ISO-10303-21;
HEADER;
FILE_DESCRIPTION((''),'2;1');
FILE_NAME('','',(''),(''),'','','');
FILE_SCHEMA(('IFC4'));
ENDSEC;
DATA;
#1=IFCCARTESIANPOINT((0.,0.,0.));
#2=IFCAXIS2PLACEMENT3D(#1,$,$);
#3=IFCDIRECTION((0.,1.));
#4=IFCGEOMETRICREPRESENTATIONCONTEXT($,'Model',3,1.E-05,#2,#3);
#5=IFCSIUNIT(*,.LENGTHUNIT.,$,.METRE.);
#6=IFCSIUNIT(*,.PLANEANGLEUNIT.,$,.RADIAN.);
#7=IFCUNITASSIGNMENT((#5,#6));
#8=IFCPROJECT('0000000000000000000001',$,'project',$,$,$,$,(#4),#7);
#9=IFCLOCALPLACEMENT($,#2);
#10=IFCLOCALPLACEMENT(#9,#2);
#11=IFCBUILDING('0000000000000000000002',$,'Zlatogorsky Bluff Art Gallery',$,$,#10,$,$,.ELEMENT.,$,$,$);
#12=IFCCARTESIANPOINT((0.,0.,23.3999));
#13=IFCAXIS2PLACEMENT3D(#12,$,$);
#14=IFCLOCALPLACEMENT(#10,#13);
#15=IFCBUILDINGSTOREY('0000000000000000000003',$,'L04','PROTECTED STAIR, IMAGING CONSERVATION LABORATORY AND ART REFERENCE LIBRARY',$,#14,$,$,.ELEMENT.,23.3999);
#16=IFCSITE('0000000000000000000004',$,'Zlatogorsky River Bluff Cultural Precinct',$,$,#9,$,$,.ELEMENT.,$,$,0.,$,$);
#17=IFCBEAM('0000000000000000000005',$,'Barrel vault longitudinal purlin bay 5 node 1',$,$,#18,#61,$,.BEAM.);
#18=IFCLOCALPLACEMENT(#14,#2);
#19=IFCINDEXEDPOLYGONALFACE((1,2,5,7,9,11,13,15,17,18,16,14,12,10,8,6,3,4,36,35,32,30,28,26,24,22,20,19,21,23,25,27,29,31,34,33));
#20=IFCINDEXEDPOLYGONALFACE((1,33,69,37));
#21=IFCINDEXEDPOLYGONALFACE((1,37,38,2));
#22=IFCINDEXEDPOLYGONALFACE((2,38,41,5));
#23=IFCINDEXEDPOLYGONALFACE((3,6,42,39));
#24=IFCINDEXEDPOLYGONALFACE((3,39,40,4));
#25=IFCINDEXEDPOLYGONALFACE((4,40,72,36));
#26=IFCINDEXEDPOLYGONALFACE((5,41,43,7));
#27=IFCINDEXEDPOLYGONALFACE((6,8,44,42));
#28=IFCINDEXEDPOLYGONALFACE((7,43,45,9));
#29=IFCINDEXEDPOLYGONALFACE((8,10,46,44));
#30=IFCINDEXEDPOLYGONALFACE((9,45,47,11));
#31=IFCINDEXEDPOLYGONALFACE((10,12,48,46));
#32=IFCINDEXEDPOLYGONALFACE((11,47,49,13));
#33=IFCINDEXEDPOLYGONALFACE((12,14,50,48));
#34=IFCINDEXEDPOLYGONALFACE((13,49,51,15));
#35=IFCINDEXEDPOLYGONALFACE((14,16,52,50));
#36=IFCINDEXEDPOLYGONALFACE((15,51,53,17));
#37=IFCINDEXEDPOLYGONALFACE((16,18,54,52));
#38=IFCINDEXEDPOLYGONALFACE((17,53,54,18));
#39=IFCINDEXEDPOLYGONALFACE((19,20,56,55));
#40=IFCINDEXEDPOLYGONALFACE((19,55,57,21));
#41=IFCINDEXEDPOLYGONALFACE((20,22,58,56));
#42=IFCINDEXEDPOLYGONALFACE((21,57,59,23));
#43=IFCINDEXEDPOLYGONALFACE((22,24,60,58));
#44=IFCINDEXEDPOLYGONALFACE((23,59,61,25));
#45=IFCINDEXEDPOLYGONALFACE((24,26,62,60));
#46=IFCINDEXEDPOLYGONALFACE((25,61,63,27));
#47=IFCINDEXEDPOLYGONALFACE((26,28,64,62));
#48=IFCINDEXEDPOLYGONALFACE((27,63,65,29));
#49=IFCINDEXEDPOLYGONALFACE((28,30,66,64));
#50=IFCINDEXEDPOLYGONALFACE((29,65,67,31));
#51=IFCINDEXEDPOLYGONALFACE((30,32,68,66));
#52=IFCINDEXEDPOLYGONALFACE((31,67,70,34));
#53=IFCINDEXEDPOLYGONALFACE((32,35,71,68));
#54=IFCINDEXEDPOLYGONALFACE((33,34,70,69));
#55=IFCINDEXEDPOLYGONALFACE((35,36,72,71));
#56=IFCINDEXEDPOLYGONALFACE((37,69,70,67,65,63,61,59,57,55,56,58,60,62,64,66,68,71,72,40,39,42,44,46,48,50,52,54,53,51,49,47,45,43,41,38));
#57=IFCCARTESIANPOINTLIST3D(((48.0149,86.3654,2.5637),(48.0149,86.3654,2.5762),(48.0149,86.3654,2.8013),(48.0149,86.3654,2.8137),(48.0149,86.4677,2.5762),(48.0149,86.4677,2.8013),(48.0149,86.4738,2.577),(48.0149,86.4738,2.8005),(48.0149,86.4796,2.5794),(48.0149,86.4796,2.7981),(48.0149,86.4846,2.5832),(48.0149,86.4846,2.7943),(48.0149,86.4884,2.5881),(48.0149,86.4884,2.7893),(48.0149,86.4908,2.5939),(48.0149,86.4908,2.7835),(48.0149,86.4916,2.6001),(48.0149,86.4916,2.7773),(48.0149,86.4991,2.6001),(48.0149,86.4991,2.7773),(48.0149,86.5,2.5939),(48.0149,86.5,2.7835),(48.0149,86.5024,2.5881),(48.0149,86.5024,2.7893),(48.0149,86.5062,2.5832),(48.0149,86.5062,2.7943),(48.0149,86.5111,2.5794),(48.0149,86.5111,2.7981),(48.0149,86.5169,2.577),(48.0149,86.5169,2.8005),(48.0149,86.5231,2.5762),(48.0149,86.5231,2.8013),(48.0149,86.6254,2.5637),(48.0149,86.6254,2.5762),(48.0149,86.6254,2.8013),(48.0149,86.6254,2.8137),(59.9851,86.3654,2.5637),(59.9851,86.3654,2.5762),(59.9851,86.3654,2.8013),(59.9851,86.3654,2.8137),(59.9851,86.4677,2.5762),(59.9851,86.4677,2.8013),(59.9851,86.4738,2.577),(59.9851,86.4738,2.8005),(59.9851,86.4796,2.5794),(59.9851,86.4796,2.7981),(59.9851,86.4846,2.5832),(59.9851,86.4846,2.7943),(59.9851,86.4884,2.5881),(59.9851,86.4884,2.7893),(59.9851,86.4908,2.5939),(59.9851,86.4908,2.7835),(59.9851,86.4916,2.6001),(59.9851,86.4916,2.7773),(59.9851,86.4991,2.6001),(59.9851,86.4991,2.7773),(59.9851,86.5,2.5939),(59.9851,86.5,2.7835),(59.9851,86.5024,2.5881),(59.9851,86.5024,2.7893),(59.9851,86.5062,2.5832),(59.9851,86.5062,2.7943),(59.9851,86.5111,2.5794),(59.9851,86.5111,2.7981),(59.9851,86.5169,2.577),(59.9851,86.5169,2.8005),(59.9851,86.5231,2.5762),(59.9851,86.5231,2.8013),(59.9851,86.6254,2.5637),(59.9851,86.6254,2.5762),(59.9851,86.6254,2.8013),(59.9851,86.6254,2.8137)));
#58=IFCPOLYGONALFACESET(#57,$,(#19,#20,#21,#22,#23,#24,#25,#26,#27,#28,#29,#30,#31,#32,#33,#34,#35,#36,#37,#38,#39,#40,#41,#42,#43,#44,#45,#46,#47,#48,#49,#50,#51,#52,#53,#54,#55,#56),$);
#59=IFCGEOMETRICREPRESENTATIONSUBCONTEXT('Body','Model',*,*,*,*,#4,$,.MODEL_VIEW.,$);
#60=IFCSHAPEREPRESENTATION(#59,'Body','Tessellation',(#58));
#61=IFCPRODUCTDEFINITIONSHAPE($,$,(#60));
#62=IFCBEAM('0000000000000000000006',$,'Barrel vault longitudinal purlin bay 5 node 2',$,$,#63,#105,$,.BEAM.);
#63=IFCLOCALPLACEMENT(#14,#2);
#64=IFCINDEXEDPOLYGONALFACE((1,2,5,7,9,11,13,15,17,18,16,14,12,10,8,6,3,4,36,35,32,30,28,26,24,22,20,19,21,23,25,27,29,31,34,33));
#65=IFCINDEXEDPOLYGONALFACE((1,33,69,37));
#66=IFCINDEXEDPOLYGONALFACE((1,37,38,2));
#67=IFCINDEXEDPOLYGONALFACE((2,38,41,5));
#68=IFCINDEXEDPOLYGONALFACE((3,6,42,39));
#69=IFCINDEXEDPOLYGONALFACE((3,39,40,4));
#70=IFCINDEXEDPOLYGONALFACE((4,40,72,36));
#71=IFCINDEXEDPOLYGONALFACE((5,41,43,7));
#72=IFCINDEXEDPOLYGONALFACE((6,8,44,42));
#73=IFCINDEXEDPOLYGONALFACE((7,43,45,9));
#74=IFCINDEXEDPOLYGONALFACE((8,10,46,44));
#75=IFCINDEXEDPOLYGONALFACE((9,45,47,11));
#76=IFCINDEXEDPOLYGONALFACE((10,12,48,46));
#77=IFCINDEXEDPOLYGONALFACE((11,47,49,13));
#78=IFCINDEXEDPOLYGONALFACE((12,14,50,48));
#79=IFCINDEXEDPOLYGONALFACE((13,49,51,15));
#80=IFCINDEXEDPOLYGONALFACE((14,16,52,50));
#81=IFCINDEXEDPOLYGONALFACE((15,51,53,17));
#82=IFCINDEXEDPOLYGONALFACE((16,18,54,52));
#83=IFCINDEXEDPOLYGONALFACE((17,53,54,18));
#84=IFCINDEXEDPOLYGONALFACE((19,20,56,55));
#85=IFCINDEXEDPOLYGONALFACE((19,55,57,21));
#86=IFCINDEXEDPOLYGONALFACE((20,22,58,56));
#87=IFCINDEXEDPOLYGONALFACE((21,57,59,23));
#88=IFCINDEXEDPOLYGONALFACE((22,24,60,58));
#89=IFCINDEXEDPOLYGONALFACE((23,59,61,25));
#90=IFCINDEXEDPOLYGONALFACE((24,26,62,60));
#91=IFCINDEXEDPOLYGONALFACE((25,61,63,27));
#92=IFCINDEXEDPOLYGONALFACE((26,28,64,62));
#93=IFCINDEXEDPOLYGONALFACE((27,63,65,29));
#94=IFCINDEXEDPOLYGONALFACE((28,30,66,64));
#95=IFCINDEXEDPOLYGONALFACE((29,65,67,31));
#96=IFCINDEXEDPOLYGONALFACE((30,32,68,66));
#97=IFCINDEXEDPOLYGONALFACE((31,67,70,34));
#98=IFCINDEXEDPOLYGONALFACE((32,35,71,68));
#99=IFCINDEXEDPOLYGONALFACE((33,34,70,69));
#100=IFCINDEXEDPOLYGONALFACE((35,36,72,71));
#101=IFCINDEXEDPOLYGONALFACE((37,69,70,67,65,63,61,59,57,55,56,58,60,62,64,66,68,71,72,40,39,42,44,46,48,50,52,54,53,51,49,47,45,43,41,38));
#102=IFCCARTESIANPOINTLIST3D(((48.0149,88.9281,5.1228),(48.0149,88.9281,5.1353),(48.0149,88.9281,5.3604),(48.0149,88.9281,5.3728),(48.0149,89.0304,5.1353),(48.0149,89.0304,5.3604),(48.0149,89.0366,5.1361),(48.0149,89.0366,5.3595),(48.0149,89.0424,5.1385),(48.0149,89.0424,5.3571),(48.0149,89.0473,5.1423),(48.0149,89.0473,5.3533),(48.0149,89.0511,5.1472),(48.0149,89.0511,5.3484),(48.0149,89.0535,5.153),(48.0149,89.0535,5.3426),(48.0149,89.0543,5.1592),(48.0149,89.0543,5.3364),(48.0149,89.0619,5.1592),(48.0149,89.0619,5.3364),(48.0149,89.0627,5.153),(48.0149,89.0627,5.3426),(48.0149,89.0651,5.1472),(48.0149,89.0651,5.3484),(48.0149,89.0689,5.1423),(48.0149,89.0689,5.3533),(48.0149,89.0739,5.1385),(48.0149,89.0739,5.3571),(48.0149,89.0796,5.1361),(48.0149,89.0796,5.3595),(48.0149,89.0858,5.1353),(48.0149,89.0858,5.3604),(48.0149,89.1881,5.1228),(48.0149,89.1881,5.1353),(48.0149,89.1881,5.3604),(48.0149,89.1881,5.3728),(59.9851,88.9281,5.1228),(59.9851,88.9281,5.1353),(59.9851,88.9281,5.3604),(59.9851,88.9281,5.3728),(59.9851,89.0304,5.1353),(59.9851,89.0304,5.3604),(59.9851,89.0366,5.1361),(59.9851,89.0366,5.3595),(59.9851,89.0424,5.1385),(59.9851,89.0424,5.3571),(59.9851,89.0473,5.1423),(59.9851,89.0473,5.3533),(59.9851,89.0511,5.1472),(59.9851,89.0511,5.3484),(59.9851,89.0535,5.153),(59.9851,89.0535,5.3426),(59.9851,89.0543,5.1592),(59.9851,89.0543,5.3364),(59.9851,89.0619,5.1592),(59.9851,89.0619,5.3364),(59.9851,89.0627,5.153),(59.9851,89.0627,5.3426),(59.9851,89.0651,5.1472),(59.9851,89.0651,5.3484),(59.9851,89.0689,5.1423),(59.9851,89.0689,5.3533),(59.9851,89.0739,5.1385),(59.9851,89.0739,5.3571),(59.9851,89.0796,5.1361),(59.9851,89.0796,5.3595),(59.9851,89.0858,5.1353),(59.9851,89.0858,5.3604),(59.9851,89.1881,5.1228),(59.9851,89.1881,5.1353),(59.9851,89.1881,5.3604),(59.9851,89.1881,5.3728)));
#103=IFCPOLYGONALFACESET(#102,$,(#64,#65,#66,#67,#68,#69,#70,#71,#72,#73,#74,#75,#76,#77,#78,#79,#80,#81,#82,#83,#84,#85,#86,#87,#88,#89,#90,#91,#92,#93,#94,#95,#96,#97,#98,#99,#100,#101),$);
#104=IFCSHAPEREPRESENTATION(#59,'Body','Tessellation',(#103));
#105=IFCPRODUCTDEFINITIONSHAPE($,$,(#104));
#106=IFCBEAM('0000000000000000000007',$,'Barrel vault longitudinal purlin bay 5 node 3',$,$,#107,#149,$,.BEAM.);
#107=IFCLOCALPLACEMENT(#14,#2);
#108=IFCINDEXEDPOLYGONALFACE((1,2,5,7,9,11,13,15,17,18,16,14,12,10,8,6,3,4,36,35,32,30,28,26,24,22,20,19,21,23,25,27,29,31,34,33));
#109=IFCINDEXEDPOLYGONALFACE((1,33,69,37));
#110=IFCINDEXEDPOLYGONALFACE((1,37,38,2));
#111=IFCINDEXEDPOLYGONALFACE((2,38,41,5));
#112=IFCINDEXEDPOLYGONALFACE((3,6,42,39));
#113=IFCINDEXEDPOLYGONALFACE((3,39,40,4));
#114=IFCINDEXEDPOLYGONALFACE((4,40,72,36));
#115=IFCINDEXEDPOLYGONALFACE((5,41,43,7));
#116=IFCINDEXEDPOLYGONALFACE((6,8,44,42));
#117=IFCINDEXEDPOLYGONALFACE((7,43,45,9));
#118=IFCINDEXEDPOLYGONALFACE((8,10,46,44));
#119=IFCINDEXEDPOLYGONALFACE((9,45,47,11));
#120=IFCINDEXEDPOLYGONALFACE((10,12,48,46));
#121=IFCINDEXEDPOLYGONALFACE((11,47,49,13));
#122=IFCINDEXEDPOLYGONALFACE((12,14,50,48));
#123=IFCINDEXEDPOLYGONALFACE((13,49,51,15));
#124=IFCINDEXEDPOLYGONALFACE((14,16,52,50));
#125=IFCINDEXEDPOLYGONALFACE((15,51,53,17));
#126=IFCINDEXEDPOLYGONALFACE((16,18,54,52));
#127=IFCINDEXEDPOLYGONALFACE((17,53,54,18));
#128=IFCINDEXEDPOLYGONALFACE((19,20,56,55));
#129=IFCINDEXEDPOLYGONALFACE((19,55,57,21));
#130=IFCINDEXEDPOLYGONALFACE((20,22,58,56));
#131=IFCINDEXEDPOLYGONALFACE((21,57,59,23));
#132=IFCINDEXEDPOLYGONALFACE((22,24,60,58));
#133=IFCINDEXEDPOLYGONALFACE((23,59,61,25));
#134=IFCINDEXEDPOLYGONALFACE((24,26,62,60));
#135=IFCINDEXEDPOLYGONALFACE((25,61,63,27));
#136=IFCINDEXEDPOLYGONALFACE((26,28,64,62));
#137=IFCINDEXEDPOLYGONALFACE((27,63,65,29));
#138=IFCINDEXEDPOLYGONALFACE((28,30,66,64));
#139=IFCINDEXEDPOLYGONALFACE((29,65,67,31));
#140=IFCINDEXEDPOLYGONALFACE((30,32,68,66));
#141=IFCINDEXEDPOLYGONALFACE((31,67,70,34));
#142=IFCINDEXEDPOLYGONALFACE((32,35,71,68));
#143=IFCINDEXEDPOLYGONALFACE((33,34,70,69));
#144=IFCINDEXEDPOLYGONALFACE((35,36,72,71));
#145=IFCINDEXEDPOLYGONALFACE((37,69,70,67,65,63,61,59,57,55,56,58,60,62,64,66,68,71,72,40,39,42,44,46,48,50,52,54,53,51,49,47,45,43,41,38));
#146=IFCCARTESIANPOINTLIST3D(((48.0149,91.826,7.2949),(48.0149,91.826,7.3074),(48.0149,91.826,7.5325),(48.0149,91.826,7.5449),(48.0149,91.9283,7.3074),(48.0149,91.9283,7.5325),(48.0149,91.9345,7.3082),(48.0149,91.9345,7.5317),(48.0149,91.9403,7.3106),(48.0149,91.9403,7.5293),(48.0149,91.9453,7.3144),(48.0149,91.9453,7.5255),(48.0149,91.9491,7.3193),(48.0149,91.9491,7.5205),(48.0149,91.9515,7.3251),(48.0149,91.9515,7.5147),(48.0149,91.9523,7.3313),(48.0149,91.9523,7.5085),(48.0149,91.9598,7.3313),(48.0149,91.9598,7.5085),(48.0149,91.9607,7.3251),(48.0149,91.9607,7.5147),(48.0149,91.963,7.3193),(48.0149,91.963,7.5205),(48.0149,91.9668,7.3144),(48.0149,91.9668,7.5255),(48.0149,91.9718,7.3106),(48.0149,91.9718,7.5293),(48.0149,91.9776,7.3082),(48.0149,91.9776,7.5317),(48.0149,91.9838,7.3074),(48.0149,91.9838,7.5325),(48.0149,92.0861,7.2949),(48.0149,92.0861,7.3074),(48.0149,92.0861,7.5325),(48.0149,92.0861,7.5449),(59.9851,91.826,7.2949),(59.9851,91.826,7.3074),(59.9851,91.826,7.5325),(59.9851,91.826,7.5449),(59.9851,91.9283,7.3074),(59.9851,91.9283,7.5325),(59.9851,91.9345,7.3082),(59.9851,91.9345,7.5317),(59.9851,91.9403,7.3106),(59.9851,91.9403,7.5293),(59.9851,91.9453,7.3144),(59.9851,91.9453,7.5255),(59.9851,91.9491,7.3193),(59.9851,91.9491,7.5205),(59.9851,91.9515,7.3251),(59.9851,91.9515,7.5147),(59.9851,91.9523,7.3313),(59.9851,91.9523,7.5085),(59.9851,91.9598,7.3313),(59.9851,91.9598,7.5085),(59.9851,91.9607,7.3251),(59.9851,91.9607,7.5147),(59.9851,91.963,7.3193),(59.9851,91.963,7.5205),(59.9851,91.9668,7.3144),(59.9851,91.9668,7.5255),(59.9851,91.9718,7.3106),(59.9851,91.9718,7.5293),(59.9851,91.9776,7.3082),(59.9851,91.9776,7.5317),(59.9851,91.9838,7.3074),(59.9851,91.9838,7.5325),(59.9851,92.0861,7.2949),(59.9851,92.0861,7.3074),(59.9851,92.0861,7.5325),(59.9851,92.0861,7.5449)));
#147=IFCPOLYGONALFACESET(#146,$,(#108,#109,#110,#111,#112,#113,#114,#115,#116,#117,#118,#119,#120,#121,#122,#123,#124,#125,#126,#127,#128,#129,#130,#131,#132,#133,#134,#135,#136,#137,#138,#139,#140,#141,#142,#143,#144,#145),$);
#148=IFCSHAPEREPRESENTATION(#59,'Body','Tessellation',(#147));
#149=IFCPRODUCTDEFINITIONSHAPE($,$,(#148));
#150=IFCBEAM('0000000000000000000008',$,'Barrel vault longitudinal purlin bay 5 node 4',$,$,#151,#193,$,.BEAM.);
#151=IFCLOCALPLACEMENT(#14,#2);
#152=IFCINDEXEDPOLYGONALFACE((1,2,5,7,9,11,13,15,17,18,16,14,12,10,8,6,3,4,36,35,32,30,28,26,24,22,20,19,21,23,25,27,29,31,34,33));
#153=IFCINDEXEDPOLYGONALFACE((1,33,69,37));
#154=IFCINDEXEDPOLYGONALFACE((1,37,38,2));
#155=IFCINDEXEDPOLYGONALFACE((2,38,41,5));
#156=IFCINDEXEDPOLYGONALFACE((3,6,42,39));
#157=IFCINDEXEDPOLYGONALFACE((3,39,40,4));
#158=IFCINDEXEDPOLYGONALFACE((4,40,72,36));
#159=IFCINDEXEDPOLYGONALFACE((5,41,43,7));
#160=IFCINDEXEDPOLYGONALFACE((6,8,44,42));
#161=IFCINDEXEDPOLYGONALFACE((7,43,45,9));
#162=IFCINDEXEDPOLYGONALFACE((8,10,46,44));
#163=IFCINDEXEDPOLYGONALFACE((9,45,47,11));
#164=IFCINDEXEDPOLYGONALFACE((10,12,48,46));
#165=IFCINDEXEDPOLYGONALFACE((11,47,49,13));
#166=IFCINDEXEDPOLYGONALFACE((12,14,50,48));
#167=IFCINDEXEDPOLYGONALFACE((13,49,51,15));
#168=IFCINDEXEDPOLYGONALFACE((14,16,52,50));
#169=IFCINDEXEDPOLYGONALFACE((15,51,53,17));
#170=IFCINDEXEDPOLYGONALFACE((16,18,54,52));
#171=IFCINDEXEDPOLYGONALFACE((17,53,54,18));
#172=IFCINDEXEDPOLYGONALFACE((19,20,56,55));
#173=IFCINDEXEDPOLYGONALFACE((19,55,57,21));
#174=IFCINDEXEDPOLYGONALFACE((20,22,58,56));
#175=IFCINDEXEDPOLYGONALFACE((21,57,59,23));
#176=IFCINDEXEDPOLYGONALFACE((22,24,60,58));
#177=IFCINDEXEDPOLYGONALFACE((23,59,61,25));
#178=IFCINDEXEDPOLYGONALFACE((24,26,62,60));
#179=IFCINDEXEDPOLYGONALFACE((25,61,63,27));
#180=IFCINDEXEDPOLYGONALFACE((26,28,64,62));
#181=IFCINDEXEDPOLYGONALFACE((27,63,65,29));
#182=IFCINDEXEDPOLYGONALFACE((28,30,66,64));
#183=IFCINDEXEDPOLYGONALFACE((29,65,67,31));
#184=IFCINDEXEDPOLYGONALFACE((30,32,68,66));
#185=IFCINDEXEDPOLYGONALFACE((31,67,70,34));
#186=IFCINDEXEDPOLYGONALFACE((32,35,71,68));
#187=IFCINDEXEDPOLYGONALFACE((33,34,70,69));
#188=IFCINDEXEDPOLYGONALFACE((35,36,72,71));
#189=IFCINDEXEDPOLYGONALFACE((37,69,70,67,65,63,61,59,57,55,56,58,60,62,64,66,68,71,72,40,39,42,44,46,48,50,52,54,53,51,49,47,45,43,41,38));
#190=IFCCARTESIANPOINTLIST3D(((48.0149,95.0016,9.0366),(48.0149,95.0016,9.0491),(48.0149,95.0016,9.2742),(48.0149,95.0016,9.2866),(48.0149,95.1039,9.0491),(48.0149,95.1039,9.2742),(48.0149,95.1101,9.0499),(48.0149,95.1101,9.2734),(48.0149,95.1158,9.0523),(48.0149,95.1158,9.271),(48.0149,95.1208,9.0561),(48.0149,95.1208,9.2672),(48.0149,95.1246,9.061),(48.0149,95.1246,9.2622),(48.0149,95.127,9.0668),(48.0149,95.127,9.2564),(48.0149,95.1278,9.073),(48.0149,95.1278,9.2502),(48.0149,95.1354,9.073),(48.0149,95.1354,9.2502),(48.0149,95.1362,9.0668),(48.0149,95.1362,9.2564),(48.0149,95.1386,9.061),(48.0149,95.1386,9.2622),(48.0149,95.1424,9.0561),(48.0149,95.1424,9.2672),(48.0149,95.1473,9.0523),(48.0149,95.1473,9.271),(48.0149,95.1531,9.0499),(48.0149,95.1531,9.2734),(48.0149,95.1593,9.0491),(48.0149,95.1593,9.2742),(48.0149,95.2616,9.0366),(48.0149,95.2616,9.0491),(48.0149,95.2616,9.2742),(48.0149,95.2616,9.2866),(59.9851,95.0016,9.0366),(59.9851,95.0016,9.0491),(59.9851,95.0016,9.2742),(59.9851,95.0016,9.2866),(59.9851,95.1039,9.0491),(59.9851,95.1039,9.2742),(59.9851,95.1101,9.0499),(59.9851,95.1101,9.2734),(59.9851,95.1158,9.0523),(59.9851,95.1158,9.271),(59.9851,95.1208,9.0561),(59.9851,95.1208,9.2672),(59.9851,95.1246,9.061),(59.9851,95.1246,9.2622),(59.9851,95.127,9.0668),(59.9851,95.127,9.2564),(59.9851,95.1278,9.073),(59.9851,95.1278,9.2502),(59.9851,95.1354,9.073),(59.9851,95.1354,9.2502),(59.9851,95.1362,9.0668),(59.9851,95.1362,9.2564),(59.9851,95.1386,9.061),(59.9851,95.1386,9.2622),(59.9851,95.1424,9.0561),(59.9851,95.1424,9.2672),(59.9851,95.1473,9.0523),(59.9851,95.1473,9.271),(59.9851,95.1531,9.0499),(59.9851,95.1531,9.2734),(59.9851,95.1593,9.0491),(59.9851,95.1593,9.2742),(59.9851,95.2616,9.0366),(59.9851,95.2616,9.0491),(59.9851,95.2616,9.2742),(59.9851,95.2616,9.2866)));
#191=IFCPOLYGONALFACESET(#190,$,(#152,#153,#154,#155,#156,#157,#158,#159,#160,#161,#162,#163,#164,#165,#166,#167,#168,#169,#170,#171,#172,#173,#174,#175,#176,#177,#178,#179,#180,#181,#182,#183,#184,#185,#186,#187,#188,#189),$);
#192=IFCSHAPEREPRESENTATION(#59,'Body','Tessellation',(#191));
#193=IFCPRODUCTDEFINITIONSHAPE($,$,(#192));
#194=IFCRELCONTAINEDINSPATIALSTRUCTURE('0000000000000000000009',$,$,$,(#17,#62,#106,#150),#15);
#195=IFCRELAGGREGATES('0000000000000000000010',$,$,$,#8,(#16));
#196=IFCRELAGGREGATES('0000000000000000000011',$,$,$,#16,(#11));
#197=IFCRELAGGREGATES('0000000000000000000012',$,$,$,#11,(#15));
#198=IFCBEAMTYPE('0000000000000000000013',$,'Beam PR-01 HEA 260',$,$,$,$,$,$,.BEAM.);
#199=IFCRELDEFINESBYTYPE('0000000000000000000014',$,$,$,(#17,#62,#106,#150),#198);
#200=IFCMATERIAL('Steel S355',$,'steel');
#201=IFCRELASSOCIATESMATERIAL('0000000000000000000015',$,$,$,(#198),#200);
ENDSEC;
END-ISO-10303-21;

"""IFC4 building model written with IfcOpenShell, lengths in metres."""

from ifc_helpers import new_model, si_unit, direction, frame, origin, origin_2d, place, context, subcontext, project, spatial, i_section, extrude, material, material_profile, profile_set, type_object, element, save


model = new_model("IFC4")

# Units and contexts
model_context = context("Model", 3, precision=1e-05, world=origin(), true_north=direction((0.0, 1.0)))
body_context = subcontext(model_context, "Body", "Model", "MODEL_VIEW")
ifc_project = project(units=[si_unit("LENGTHUNIT", "METRE"), si_unit("PLANEANGLEUNIT", "RADIAN")], contexts=[model_context])

# Site, building, storey
site_placement = place(None, origin())
site = spatial("IfcSite", under=ifc_project, at=site_placement, Name="Zlatogorsky River Bluff Cultural Precinct", CompositionType="ELEMENT", RefElevation=0.0)
building_placement = place(site_placement, origin())
building = spatial("IfcBuilding", under=site, at=building_placement, Name="Zlatogorsky Bluff Art Gallery", CompositionType="ELEMENT")
storey_placement = place(building_placement, frame((0.0, 0.0, 23.3999)))
storey = spatial("IfcBuildingStorey", under=building, at=storey_placement, Name="L04", Description="PROTECTED STAIR, IMAGING CONSERVATION LABORATORY AND ART REFERENCE LIBRARY", CompositionType="ELEMENT", Elevation=23.3999)

# Beams
ifc_material_1 = material(Name="Steel S355", Category="steel")
ifc_material_profile_1 = material_profile(ifc_material_1, i_section(OverallWidth=0.26, OverallDepth=0.25, WebThickness=0.0076, FlangeThickness=0.0125, FilletRadius=0.0239, at=origin_2d()), Name="HEA 260")
ifc_profile_set_1 = profile_set([ifc_material_profile_1], Name="Steel S355")
beam_type_1 = type_object("IfcBeamType", Name="Beam PR-01 HEA 260", PredefinedType="BEAM", material=ifc_profile_set_1)
for number, where, z_axis, x_axis, name in (
    (1, (48.0149, 86.4954, 2.6887), (1.0, 0.0, 0.0), (0.0, 1.0, 0.0), "Barrel vault longitudinal purlin bay 5 node 1"),
    (2, (48.0149, 89.0581, 5.2478), (1.0, 0.0, 0.0), (0.0, 1.0, 0.0), "Barrel vault longitudinal purlin bay 5 node 2"),
    (3, (48.0149, 91.9561, 7.4199), (1.0, 0.0, 0.0), (0.0, 1.0, 0.0), "Barrel vault longitudinal purlin bay 5 node 3"),
    (4, (48.0149, 95.1316, 9.1616), (1.0, 0.0, 0.0), (0.0, 1.0, 0.0), "Barrel vault longitudinal purlin bay 5 node 4"),
):
    element("IfcBeam", number, at=place(storey_placement, frame(where, z_axis=z_axis, x_axis=x_axis)), inside=storey, type_object=beam_type_1, Name=name, PredefinedType="BEAM", context=body_context, shape_type="SweptSolid", body=[
        extrude(i_section(OverallWidth=0.26, OverallDepth=0.25, WebThickness=0.0076, FlangeThickness=0.0125, FilletRadius=0.0239, at=origin_2d()), origin(), (0.0, 0.0, 1.0), 11.9702),
    ])

save(model, "model.ifc")
